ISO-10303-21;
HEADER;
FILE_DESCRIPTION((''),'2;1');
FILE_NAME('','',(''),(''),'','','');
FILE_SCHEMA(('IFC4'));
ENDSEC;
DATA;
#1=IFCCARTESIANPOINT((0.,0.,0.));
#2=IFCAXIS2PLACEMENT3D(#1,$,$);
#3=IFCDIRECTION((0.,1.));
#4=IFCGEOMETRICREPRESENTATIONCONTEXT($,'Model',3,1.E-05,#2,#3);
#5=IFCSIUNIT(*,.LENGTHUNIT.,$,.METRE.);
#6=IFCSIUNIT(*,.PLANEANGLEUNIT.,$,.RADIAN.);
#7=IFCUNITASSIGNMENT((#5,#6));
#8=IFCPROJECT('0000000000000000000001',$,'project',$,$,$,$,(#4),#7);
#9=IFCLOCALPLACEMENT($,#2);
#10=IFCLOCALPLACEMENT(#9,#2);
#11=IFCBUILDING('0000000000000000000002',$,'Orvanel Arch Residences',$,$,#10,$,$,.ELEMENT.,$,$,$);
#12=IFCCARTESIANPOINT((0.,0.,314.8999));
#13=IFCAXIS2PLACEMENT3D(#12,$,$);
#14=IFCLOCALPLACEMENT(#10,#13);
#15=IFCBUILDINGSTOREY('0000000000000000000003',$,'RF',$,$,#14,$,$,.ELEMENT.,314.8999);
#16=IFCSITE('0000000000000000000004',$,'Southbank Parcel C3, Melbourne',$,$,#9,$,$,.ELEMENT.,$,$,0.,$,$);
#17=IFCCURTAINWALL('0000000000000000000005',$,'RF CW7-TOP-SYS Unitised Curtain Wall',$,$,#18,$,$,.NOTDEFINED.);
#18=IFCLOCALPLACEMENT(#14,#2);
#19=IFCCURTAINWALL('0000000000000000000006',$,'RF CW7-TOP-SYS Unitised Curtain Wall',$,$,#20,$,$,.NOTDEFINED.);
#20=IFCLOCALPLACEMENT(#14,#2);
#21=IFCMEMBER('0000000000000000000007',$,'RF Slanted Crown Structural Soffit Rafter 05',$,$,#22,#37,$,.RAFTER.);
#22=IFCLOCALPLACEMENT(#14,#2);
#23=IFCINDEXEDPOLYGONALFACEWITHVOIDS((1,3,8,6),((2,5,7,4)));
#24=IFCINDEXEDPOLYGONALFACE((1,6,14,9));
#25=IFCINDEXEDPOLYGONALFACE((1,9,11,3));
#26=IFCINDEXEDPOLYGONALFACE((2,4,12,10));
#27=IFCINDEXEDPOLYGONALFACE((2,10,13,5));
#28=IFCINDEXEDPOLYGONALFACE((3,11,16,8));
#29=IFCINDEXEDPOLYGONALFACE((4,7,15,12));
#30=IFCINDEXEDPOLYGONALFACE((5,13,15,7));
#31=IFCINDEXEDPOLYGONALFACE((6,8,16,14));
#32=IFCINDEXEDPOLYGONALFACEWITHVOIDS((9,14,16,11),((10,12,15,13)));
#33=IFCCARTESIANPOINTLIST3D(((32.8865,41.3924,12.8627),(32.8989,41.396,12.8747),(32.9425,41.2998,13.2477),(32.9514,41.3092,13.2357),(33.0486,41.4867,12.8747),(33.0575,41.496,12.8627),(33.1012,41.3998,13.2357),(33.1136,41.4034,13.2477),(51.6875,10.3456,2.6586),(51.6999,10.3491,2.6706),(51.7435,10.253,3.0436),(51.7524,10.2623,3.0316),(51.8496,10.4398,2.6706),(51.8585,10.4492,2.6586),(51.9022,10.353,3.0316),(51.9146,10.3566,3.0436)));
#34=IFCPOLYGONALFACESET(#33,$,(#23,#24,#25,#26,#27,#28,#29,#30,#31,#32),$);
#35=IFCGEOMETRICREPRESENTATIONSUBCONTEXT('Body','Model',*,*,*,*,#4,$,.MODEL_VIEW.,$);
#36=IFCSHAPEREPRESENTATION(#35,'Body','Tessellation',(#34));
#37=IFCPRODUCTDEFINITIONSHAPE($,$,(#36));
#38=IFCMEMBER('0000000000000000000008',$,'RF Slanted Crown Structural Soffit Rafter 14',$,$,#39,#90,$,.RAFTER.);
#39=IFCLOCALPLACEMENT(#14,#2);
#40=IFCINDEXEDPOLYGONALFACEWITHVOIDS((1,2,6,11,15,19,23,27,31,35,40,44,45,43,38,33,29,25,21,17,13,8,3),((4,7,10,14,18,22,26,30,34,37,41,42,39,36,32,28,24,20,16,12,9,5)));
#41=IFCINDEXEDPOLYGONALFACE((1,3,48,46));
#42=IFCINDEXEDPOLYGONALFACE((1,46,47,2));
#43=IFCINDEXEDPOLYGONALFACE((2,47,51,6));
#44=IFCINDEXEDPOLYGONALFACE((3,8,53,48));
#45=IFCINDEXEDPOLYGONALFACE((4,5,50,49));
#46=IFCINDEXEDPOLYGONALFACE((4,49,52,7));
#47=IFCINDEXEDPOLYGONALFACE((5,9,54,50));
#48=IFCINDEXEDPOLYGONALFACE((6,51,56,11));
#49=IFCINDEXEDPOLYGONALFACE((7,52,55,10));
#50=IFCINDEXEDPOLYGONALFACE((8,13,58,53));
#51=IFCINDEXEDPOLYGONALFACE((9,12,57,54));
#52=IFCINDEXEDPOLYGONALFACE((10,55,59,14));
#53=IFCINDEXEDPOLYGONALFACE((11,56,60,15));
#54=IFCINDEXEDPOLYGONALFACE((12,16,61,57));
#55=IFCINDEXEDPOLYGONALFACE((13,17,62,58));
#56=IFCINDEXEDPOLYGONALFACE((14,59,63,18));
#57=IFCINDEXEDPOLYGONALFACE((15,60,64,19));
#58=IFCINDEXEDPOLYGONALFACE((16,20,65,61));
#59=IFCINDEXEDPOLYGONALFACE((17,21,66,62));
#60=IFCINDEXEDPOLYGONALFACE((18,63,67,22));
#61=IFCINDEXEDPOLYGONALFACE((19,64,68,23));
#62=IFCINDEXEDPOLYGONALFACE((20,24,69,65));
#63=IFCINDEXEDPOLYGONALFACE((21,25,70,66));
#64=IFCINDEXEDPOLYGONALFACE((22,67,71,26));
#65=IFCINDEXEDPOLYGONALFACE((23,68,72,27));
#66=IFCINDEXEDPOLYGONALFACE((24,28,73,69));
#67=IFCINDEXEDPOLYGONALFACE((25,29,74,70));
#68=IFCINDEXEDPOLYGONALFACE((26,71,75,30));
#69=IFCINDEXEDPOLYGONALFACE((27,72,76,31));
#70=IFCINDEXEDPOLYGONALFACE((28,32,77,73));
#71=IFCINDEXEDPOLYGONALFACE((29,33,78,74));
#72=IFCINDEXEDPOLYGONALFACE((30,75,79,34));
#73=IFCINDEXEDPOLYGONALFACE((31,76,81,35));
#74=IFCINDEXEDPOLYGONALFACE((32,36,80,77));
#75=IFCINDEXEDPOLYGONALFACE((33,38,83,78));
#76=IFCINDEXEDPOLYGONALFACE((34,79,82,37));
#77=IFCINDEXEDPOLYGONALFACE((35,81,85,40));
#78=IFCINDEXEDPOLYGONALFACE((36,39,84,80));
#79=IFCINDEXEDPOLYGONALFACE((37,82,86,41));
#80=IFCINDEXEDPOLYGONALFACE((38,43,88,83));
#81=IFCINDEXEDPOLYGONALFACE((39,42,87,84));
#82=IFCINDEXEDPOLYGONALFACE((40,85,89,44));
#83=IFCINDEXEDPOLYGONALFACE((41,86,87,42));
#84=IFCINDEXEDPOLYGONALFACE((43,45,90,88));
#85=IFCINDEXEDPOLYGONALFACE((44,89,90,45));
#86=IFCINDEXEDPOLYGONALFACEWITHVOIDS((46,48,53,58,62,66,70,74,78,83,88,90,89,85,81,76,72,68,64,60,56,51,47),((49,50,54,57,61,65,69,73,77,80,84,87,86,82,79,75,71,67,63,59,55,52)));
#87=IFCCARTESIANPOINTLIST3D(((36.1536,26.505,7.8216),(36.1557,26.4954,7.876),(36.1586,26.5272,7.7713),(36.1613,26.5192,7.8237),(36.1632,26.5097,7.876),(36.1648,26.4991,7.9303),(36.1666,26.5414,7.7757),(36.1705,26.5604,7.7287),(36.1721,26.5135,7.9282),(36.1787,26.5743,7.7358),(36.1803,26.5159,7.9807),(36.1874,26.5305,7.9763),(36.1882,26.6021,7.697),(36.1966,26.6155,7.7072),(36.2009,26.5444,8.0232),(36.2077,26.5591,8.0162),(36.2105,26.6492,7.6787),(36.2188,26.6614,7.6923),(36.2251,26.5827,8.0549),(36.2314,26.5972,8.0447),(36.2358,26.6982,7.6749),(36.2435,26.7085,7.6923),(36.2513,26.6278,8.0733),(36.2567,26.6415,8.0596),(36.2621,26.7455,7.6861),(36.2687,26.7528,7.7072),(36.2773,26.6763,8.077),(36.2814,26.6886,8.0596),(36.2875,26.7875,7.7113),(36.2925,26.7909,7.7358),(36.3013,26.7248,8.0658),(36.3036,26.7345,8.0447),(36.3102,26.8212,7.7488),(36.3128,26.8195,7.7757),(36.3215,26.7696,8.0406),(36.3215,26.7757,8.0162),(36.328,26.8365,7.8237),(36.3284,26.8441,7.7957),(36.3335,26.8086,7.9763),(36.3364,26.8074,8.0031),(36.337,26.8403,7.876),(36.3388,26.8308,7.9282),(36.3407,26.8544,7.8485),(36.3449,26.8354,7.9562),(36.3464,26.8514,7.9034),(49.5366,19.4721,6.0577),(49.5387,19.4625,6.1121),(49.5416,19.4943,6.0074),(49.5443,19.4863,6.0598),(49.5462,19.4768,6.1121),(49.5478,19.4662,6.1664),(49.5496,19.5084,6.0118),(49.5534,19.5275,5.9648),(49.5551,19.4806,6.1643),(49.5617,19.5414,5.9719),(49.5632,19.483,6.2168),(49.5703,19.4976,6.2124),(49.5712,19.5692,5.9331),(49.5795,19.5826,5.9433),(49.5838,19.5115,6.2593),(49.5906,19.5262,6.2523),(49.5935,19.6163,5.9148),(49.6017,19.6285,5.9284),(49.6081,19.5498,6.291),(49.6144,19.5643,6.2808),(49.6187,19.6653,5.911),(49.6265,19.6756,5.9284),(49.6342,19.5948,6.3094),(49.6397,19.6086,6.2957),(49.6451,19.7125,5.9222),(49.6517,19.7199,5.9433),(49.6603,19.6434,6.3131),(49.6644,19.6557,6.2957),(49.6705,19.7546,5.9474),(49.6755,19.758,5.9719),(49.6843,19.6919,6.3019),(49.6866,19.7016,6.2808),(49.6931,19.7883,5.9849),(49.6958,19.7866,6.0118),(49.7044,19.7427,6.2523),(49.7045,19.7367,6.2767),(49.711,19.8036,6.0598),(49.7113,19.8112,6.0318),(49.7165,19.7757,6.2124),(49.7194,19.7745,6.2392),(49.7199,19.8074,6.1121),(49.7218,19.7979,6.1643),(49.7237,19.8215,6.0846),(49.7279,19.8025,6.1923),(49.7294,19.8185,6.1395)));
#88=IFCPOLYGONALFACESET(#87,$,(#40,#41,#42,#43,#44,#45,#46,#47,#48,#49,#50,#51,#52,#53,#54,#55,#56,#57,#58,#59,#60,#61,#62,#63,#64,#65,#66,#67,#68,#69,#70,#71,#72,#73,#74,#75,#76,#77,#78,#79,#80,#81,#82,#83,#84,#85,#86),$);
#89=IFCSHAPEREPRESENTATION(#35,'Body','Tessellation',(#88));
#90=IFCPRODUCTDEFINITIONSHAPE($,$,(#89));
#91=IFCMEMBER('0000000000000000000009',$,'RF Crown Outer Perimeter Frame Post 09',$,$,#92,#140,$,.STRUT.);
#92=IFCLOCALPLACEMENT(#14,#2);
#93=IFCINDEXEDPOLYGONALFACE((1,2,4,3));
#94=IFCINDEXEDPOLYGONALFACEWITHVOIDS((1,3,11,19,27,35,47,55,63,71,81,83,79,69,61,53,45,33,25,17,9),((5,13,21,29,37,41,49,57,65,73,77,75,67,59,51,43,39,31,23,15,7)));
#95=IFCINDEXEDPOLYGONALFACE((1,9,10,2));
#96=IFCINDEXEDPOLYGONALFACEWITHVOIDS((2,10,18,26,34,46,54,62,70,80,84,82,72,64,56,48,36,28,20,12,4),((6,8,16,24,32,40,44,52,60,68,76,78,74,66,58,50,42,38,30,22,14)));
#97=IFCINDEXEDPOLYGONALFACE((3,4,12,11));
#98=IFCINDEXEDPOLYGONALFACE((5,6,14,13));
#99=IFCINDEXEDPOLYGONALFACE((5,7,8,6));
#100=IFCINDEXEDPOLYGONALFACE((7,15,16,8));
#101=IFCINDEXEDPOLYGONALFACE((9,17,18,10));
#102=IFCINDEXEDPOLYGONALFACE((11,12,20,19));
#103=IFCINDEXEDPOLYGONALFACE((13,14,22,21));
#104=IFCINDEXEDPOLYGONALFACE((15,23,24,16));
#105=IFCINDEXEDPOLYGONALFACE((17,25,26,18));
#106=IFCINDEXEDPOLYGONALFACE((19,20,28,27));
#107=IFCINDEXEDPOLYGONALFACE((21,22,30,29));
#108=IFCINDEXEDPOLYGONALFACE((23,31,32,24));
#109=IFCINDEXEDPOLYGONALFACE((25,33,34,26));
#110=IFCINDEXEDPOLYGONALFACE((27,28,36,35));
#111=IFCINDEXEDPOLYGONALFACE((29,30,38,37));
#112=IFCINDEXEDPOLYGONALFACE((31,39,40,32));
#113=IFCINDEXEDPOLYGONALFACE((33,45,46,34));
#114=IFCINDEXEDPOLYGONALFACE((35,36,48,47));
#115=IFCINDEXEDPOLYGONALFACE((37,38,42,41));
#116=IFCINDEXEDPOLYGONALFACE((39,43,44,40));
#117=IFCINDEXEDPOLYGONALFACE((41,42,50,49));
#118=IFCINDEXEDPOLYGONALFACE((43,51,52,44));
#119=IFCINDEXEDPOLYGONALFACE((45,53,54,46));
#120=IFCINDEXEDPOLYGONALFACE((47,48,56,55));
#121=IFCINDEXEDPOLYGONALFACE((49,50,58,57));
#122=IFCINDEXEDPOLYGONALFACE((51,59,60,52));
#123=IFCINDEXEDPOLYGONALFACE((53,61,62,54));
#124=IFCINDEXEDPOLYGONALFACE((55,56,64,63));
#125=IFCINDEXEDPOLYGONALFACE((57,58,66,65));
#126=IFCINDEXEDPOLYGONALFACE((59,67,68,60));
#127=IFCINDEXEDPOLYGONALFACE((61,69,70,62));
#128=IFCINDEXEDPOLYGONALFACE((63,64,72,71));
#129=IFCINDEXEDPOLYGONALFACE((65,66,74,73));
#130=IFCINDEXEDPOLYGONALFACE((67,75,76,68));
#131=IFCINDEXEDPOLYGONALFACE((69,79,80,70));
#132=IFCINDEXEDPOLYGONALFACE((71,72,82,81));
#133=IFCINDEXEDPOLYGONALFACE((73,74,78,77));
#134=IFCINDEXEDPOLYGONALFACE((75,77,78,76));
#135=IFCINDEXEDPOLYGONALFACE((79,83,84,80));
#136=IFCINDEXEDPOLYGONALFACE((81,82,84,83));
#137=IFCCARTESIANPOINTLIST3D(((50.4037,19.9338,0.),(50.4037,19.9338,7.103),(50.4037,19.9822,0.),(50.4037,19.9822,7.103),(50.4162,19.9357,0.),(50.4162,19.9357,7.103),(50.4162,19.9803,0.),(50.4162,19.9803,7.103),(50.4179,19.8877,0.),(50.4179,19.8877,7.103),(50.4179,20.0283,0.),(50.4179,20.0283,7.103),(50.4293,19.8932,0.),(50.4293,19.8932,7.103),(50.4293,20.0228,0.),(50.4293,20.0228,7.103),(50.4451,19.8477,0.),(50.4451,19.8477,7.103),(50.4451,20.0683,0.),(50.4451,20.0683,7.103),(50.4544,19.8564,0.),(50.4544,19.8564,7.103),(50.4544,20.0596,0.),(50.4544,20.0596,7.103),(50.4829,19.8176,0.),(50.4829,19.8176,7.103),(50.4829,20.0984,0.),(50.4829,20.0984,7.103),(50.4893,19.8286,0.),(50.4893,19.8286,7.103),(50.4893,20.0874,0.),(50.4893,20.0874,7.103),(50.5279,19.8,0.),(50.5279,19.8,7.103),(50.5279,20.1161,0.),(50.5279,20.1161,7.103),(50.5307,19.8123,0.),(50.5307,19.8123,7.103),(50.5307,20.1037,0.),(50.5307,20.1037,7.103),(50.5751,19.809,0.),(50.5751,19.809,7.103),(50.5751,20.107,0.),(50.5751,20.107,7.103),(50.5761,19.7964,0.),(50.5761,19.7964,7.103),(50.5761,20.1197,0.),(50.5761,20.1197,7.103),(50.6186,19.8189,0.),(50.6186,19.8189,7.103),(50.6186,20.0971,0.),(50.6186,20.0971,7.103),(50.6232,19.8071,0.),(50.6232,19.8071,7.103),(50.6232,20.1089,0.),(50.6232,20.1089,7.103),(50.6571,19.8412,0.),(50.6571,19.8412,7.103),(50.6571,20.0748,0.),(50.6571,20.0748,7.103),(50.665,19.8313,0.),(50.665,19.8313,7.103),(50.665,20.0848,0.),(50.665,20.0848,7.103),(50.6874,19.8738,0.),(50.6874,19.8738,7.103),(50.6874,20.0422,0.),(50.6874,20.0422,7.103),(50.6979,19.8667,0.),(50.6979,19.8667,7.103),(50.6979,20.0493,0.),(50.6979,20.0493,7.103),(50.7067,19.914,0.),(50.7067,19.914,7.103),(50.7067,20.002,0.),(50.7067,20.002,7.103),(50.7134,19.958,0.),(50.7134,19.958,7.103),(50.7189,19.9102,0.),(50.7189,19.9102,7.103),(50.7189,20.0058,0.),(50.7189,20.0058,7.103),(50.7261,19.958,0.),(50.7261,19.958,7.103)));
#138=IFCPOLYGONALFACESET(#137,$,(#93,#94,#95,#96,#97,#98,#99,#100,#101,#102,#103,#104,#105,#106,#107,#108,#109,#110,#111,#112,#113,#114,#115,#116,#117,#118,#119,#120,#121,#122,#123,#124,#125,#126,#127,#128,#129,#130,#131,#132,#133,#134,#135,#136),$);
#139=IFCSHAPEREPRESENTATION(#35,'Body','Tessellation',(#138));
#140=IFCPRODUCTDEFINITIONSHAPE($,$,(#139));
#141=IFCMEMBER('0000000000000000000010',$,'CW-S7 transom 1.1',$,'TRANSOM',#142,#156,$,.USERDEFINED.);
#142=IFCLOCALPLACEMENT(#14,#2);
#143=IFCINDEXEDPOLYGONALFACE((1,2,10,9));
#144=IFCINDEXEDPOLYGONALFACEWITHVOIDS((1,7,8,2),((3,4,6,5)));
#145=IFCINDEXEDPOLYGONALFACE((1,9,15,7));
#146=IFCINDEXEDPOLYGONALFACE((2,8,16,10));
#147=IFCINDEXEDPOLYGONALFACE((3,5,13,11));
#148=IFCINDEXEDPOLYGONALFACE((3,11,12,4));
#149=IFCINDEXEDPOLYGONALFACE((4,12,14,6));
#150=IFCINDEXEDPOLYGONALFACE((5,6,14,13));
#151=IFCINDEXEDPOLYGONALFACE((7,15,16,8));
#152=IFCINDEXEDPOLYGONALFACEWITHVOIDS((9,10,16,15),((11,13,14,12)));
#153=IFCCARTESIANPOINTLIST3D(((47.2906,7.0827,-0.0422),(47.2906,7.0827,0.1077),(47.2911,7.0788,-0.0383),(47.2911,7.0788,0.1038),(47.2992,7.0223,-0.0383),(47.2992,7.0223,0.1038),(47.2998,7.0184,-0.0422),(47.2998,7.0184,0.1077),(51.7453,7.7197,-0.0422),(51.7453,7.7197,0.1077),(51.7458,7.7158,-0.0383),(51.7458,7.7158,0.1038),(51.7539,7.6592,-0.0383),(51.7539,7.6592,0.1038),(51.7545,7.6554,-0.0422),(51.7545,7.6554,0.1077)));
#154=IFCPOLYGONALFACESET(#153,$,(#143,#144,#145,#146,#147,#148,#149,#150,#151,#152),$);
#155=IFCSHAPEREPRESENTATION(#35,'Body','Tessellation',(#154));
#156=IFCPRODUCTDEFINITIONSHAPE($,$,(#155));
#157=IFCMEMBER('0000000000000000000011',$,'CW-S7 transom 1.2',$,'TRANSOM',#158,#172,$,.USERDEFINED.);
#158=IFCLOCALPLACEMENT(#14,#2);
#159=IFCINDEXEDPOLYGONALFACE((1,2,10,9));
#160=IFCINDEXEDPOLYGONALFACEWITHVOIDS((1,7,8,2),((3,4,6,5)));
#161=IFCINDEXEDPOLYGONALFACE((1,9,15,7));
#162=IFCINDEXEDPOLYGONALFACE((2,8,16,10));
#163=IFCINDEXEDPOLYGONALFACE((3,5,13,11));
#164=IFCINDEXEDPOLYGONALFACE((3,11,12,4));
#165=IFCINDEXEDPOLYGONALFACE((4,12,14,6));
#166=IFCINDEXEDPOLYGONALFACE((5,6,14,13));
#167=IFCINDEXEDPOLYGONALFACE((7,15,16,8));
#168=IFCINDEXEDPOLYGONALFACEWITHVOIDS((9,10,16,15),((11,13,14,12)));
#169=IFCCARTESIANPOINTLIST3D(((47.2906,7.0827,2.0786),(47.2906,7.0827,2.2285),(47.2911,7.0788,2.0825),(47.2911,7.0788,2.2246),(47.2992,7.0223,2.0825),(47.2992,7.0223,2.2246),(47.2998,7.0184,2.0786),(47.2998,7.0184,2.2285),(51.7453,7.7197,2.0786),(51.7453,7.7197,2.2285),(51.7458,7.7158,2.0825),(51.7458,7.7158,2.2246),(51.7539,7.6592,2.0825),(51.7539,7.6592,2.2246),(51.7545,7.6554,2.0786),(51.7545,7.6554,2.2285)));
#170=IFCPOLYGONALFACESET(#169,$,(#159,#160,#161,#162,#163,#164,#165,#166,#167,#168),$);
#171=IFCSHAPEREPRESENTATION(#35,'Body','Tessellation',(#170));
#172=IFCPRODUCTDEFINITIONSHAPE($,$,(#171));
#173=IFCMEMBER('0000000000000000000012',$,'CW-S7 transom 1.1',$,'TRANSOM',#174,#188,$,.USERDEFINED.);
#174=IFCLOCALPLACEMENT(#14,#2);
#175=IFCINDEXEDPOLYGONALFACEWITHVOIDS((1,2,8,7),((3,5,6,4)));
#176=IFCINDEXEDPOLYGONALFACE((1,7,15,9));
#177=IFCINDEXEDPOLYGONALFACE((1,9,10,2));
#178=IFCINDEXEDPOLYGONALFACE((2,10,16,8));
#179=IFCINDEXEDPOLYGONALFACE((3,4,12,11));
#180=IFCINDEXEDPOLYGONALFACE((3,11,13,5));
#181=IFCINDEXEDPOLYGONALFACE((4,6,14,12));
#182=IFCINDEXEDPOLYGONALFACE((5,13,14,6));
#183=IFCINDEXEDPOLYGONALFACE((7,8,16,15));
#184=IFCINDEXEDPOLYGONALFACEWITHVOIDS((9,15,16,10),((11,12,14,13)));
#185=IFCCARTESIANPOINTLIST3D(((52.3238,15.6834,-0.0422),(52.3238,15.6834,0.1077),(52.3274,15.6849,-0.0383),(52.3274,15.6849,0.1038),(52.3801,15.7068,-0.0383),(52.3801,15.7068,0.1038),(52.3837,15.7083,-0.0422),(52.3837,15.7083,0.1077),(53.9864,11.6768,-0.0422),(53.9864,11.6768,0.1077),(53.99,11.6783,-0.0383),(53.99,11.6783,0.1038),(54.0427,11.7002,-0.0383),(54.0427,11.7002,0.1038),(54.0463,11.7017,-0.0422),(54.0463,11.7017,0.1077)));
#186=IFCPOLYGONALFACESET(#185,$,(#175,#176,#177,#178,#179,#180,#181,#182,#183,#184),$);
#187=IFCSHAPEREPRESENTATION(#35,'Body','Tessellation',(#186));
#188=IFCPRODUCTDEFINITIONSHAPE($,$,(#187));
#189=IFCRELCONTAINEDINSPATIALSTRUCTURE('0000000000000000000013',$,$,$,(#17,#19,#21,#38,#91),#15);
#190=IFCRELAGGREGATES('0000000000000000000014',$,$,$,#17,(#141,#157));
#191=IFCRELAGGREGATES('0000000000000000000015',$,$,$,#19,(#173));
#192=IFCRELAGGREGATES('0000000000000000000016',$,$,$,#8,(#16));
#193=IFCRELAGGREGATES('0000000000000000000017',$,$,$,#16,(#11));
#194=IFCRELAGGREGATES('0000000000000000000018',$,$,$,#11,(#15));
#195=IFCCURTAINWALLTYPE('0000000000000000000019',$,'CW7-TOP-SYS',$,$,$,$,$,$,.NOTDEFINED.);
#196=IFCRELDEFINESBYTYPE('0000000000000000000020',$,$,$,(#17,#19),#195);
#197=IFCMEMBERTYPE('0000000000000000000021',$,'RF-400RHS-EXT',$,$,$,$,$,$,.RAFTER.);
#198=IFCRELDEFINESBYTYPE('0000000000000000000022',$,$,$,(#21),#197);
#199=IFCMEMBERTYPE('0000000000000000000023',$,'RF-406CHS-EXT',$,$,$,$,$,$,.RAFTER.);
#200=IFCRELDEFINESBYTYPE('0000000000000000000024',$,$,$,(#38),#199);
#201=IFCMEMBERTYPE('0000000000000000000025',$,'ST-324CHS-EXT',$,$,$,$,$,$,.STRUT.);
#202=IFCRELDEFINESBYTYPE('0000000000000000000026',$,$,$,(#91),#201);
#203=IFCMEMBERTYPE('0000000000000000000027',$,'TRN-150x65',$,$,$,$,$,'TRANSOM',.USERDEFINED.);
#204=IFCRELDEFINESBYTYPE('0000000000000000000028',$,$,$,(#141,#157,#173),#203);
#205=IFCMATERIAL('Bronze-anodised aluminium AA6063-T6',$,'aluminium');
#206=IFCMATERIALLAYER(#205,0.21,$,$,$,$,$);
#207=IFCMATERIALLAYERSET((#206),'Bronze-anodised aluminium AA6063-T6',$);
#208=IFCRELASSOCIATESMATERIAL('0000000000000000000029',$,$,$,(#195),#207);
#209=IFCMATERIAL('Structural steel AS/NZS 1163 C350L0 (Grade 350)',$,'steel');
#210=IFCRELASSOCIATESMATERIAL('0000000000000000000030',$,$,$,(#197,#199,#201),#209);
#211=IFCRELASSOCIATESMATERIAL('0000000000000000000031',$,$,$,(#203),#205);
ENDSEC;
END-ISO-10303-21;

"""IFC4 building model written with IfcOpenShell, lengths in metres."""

from ifc_helpers import new_model, si_unit, direction, frame, origin, origin_2d, place, context, subcontext, project, spatial, hollow_rectangle, hollow_circle, extrude, material, layer, layer_set, material_profile, profile_set, type_object, element, aggregate, save


model = new_model("IFC4")

# Units and contexts
model_context = context("Model", 3, precision=1e-05, world=origin(), true_north=direction((0.0, 1.0)))
body_context = subcontext(model_context, "Body", "Model", "MODEL_VIEW")
ifc_project = project(units=[si_unit("LENGTHUNIT", "METRE"), si_unit("PLANEANGLEUNIT", "RADIAN")], contexts=[model_context])

# Site, building, storey
site_placement = place(None, origin())
site = spatial("IfcSite", under=ifc_project, at=site_placement, Name="Southbank Parcel C3, Melbourne", CompositionType="ELEMENT", RefElevation=0.0)
building_placement = place(site_placement, origin())
building = spatial("IfcBuilding", under=site, at=building_placement, Name="Orvanel Arch Residences", CompositionType="ELEMENT")
storey_placement = place(building_placement, frame((0.0, 0.0, 314.8999)))
storey = spatial("IfcBuildingStorey", under=building, at=storey_placement, Name="RF", CompositionType="ELEMENT", Elevation=314.8999)

# Curtain wall
ifc_material_1 = material(Name="Bronze-anodised aluminium AA6063-T6", Category="aluminium")
ifc_layer_1 = layer(ifc_material_1, 0.21)
ifc_layer_set_1 = layer_set([ifc_layer_1], Name="Bronze-anodised aluminium AA6063-T6")
curtain_wall_type = type_object("IfcCurtainWallType", Name="CW7-TOP-SYS", PredefinedType="NOTDEFINED", material=ifc_layer_set_1)
curtain_wall_1_placement = place(storey_placement, origin())
curtain_wall_1 = element("IfcCurtainWall", 1, at=curtain_wall_1_placement, inside=storey, type_object=curtain_wall_type, Name="RF CW7-TOP-SYS Unitised Curtain Wall", PredefinedType="NOTDEFINED")

# Curtain wall
curtain_wall_2_placement = place(storey_placement, origin())
curtain_wall_2 = element("IfcCurtainWall", 2, at=curtain_wall_2_placement, inside=storey, type_object=curtain_wall_type, Name="RF CW7-TOP-SYS Unitised Curtain Wall", PredefinedType="NOTDEFINED")

# Members
ifc_material_2 = material(Name="Structural steel AS/NZS 1163 C350L0 (Grade 350)", Category="steel")
ifc_material_profile_1 = material_profile(ifc_material_2, hollow_rectangle(XDim=0.2, YDim=0.3999, WallThickness=0.0125, at=origin_2d()), Name="RHS400x200x12.5")
ifc_profile_set_1 = profile_set([ifc_material_profile_1], Name="Structural steel AS/NZS 1163 C350L0 (Grade 350)")
member_type_1 = type_object("IfcMemberType", Name="RF-400RHS-EXT", PredefinedType="RAFTER", material=ifc_profile_set_1)
member_1_placement = place(storey_placement, frame((51.801, 10.3511, 2.8511), z_axis=(-0.498662, 0.823461, 0.270645), x_axis=(-0.855384, -0.517994, 0.0)))
element("IfcMember", 3, at=member_1_placement, inside=storey, type_object=member_type_1, Name="RF Slanted Crown Structural Soffit Rafter 05", PredefinedType="RAFTER", context=body_context, shape_type="SweptSolid", body=[
    extrude(hollow_rectangle(XDim=0.2, YDim=0.3999, WallThickness=0.0125, at=origin_2d()), origin(), (0.0, 0.0, 1.0), 37.7029),
])
ifc_material_profile_2 = material_profile(ifc_material_2, hollow_circle(Radius=0.2029, WallThickness=0.0161, at=origin_2d()), Name="CHS406x16")
ifc_profile_set_2 = profile_set([ifc_material_profile_2], Name="Structural steel AS/NZS 1163 C350L0 (Grade 350)")
member_type_2 = type_object("IfcMemberType", Name="RF-406CHS-EXT", PredefinedType="RAFTER", material=ifc_profile_set_2)
member_2_placement = place(storey_placement, frame((49.6331, 19.6421, 6.1121), z_axis=(-0.879247, 0.462055, 0.115887), x_axis=(-0.465189, -0.885211, 0.0)))
element("IfcMember", 4, at=member_2_placement, inside=storey, type_object=member_type_2, Name="RF Slanted Crown Structural Soffit Rafter 14", PredefinedType="RAFTER", context=body_context, shape_type="SweptSolid", body=[
    extrude(hollow_circle(Radius=0.2029, WallThickness=0.0161, at=origin_2d()), origin(), (0.0, 0.0, 1.0), 15.2209),
])
ifc_material_profile_3 = material_profile(ifc_material_2, hollow_circle(Radius=0.1621, WallThickness=0.0127, at=origin_2d()), Name="CHS324x12.7")
ifc_profile_set_3 = profile_set([ifc_material_profile_3], Name="Structural steel AS/NZS 1163 C350L0 (Grade 350)")
member_type_3 = type_object("IfcMemberType", Name="ST-324CHS-EXT", PredefinedType="STRUT", material=ifc_profile_set_3)
member_3_placement = place(storey_placement, frame((50.564, 19.958, 0.0), z_axis=(0.0, 0.0, 1.0), x_axis=(1.0, 0.0, 0.0)))
element("IfcMember", 5, at=member_3_placement, inside=storey, type_object=member_type_3, Name="RF Crown Outer Perimeter Frame Post 09", PredefinedType="STRUT", context=body_context, shape_type="SweptSolid", body=[
    extrude(hollow_circle(Radius=0.1621, WallThickness=0.0127, at=origin_2d()), origin(), (0.0, 0.0, 1.0), 7.103),
])

# Members
ifc_material_profile_4 = material_profile(ifc_material_1, hollow_rectangle(XDim=0.0649, YDim=0.1499, WallThickness=0.0039, at=origin_2d()), Name="ALU150x65x4")
ifc_profile_set_4 = profile_set([ifc_material_profile_4], Name="Bronze-anodised aluminium AA6063-T6")
member_type_4 = type_object("IfcMemberType", Name="TRN-150x65", ElementType="TRANSOM", PredefinedType="USERDEFINED", material=ifc_profile_set_4)
member_4_placement = place(storey_placement, frame((47.2952, 7.0505, 0.0327), z_axis=(0.989931, 0.14155, 0.0), x_axis=(-0.14155, 0.989931, 0.0)))
member_4 = element("IfcMember", 6, at=member_4_placement, type_object=member_type_4, Name="CW-S7 transom 1.1", ObjectType="TRANSOM", PredefinedType="USERDEFINED", context=body_context, shape_type="SweptSolid", body=[
    extrude(hollow_rectangle(XDim=0.0649, YDim=0.1499, WallThickness=0.0039, at=origin_2d()), origin(), (0.0, 0.0, 1.0), 4.5),
])
member_5_placement = place(storey_placement, frame((47.2952, 7.0505, 2.1536), z_axis=(0.989931, 0.14155, 0.0), x_axis=(-0.14155, 0.989931, 0.0)))
member_5 = element("IfcMember", 7, at=member_5_placement, type_object=member_type_4, Name="CW-S7 transom 1.2", ObjectType="TRANSOM", PredefinedType="USERDEFINED", context=body_context, shape_type="SweptSolid", body=[
    extrude(hollow_rectangle(XDim=0.0649, YDim=0.1499, WallThickness=0.0039, at=origin_2d()), origin(), (0.0, 0.0, 1.0), 4.5),
])
member_6_placement = place(storey_placement, frame((54.0164, 11.6892, 0.0327), z_axis=(-0.383276, 0.923634, 0.0), x_axis=(-0.923634, -0.383276, 0.0)))
member_6 = element("IfcMember", 8, at=member_6_placement, type_object=member_type_4, Name="CW-S7 transom 1.1", ObjectType="TRANSOM", PredefinedType="USERDEFINED", context=body_context, shape_type="SweptSolid", body=[
    extrude(hollow_rectangle(XDim=0.0649, YDim=0.1499, WallThickness=0.0039, at=origin_2d()), origin(), (0.0, 0.0, 1.0), 4.3379),
])

aggregate(curtain_wall_1, [member_4, member_5])
aggregate(curtain_wall_2, [member_6])

save(model, "model.ifc")
